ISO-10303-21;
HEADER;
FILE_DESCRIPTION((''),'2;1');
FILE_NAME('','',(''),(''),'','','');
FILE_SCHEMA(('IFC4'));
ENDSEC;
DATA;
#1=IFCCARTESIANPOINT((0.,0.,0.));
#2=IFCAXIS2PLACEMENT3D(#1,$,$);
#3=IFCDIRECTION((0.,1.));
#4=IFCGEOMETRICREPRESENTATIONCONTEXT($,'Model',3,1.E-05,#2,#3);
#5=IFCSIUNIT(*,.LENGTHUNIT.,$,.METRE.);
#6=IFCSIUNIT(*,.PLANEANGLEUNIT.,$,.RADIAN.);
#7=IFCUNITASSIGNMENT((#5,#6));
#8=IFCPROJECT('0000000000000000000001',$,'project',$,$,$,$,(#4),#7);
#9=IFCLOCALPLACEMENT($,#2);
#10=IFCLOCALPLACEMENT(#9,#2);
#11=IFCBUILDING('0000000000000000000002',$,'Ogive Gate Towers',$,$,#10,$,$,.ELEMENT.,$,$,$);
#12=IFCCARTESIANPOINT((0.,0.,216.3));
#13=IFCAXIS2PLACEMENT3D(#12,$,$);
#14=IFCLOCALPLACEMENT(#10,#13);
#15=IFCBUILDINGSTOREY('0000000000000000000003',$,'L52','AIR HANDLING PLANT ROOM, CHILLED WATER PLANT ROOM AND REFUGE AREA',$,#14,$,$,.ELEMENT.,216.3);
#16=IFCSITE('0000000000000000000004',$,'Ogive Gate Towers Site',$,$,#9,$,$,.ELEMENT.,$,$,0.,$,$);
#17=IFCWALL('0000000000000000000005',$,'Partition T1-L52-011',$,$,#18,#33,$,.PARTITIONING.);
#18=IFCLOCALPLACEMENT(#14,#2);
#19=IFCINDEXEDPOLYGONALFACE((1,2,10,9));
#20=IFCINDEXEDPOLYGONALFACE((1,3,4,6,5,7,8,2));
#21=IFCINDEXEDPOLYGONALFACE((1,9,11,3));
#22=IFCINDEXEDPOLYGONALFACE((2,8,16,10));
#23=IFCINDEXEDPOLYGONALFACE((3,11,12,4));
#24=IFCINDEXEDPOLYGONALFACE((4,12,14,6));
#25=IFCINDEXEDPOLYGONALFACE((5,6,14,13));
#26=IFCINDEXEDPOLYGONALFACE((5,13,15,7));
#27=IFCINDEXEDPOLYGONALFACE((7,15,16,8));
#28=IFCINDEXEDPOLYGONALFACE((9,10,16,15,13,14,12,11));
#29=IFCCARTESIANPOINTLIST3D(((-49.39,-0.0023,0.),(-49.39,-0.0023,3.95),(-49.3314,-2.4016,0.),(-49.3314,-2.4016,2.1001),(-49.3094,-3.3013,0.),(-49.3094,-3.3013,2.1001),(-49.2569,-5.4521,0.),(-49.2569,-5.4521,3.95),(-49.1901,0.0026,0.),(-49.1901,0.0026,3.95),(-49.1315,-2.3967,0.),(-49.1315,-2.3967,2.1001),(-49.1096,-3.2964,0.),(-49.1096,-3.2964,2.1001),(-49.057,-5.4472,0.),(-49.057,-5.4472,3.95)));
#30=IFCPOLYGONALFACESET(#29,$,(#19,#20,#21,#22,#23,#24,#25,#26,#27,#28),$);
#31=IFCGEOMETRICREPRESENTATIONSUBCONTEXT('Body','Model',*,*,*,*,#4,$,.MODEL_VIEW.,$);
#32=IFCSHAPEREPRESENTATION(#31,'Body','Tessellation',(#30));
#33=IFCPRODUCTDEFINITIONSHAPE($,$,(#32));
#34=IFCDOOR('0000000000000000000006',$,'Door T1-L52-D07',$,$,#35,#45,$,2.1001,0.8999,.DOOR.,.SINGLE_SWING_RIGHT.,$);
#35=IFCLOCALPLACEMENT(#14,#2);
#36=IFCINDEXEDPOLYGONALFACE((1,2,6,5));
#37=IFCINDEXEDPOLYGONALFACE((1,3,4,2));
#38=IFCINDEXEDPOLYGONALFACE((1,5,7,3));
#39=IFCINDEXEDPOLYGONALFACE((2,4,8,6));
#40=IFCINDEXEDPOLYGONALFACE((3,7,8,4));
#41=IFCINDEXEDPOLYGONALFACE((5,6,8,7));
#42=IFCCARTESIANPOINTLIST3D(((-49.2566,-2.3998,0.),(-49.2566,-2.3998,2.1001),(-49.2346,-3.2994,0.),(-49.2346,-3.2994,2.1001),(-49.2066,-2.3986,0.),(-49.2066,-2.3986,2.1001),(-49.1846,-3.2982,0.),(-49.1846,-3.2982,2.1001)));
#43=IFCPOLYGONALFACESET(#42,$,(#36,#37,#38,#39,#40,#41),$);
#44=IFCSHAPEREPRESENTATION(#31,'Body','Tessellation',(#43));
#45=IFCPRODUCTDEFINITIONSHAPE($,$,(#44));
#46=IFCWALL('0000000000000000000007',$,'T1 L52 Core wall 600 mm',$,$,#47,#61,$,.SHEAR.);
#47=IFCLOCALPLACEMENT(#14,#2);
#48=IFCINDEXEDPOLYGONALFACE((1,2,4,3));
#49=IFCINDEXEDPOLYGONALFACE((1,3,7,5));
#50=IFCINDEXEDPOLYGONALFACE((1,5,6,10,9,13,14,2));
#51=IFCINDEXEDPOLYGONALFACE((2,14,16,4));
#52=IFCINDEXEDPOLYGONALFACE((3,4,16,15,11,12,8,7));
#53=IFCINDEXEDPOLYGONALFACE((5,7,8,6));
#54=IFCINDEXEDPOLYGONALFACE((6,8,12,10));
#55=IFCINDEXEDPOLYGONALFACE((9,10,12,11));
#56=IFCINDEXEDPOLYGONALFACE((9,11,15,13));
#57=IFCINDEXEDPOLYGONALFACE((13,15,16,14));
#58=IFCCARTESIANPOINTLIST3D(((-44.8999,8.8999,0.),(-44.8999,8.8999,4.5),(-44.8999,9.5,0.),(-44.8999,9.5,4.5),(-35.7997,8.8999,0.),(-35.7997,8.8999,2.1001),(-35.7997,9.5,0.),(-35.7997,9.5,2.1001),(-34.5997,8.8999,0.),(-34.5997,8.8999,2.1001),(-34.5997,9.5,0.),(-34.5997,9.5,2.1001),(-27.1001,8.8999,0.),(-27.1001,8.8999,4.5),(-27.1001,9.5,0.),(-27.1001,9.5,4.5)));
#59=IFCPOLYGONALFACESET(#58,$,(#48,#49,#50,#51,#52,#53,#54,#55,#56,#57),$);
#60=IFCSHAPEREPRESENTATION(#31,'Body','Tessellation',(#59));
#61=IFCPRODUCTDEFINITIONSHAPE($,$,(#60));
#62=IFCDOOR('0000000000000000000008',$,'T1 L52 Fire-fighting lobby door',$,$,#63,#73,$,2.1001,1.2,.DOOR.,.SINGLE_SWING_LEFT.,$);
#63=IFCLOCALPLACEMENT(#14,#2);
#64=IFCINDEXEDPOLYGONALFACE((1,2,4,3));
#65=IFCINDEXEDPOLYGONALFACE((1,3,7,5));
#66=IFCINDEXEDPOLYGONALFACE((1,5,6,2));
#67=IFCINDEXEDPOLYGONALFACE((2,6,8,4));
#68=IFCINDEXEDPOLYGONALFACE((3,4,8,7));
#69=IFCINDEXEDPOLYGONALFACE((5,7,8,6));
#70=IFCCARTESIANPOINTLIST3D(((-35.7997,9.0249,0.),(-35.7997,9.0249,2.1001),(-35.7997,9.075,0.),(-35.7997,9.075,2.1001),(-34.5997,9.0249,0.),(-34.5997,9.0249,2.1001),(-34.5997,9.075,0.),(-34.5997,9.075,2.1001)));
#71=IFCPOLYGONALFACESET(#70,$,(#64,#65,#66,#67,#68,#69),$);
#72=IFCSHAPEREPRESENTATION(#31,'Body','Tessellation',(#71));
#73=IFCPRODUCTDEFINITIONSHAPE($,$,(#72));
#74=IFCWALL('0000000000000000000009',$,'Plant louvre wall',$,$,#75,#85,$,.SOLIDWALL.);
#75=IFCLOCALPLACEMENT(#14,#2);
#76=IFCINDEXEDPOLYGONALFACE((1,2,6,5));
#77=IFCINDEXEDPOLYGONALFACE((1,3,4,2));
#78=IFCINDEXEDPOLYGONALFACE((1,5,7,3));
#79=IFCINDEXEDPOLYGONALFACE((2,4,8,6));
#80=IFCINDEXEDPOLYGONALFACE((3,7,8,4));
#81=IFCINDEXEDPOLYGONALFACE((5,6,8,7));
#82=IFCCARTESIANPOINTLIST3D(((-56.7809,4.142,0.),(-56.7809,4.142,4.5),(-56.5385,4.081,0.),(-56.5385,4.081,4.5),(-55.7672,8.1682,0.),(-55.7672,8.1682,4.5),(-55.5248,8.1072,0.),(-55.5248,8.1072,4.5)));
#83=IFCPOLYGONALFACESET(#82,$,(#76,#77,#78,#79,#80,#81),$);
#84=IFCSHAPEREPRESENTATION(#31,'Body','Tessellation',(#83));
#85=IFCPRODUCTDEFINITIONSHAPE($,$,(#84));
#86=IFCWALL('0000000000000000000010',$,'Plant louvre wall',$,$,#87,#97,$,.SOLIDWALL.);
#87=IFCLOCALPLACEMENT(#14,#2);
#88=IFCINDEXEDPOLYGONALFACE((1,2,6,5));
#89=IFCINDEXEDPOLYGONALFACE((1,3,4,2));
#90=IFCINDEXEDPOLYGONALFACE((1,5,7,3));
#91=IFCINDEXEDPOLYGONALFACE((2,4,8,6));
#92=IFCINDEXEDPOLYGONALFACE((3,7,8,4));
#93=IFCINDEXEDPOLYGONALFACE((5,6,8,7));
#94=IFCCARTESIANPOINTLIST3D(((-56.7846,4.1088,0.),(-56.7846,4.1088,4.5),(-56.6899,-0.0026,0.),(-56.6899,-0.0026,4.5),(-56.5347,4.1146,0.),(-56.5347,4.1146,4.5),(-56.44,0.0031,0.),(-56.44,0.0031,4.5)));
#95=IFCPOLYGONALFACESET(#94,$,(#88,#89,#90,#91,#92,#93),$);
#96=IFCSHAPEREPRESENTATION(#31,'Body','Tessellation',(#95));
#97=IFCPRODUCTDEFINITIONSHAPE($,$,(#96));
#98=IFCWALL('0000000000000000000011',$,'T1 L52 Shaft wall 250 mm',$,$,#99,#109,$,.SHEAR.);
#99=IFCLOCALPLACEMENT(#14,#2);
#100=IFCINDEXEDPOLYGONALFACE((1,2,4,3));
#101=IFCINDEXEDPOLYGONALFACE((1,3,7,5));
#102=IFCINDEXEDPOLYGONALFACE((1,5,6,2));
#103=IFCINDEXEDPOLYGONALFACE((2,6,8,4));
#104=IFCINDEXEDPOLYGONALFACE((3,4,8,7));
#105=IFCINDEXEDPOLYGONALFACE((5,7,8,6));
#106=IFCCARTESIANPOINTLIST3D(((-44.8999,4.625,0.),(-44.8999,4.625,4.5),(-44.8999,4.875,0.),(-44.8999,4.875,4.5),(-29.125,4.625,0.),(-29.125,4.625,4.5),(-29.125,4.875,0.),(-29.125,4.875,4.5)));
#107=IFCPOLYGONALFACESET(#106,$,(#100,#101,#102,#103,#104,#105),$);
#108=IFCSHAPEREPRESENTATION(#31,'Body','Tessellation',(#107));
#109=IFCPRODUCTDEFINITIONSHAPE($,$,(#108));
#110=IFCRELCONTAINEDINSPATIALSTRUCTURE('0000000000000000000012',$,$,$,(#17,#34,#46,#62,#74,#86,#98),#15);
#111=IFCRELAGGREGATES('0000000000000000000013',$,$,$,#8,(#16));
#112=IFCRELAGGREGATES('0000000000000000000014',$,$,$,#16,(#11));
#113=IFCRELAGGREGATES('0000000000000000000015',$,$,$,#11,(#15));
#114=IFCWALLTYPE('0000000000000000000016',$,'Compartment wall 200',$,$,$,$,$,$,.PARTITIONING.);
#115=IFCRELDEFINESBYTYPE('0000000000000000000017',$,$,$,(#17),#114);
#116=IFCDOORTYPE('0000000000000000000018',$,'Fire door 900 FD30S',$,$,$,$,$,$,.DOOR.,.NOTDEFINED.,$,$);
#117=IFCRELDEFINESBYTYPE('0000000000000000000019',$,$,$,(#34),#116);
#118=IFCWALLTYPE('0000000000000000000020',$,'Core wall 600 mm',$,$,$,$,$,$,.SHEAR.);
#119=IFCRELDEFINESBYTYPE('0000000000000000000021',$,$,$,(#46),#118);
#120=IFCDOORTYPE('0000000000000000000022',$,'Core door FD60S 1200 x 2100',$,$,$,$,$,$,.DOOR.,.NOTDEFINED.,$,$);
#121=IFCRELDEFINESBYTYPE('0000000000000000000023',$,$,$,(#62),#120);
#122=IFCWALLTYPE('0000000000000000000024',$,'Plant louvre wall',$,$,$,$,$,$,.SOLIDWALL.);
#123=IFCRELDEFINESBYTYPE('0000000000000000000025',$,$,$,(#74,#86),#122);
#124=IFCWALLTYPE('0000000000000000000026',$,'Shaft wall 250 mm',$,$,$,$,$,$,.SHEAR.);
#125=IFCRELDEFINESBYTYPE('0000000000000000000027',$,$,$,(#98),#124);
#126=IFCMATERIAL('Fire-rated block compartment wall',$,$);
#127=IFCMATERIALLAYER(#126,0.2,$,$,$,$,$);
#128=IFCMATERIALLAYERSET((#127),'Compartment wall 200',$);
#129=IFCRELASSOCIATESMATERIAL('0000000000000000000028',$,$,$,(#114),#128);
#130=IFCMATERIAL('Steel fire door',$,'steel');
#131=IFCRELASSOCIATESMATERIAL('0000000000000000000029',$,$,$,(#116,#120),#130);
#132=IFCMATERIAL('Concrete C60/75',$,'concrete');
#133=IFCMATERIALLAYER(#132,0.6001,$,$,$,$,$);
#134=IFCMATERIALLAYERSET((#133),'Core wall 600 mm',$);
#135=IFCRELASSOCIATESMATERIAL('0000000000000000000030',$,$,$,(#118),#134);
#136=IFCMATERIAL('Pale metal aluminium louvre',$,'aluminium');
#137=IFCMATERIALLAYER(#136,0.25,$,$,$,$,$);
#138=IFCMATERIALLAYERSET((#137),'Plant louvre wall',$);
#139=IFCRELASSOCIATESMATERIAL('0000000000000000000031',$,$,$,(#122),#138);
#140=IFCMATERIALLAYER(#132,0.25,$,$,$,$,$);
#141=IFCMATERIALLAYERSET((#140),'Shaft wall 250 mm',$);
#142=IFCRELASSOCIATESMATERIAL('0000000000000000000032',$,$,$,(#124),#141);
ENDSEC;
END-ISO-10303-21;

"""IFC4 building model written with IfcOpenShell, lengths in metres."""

from ifc_helpers import new_model, si_unit, direction, frame, frame_2d, origin, place, context, subcontext, project, spatial, rectangle, extrude, material, layer, layer_set, type_object, element, fill, save


model = new_model("IFC4")

# Units and contexts
model_context = context("Model", 3, precision=1e-05, world=origin(), true_north=direction((0.0, 1.0)))
body_context = subcontext(model_context, "Body", "Model", "MODEL_VIEW")
ifc_project = project(units=[si_unit("LENGTHUNIT", "METRE"), si_unit("PLANEANGLEUNIT", "RADIAN")], contexts=[model_context])

# Site, building, storey
site_placement = place(None, origin())
site = spatial("IfcSite", under=ifc_project, at=site_placement, Name="Ogive Gate Towers Site", CompositionType="ELEMENT", RefElevation=0.0)
building_placement = place(site_placement, origin())
building = spatial("IfcBuilding", under=site, at=building_placement, Name="Ogive Gate Towers", CompositionType="ELEMENT")
storey_placement = place(building_placement, frame((0.0, 0.0, 216.3)))
storey = spatial("IfcBuildingStorey", under=building, at=storey_placement, Name="L52", Description="AIR HANDLING PLANT ROOM, CHILLED WATER PLANT ROOM AND REFUGE AREA", CompositionType="ELEMENT", Elevation=216.3)

# Shared definitions
ifc_material_1 = material(Name="Fire-rated block compartment wall")
ifc_layer_1 = layer(ifc_material_1, 0.2)
ifc_layer_set_1 = layer_set([ifc_layer_1], Name="Compartment wall 200")
wall_type_1 = type_object("IfcWallType", Name="Compartment wall 200", PredefinedType="PARTITIONING", material=ifc_layer_set_1)

# Walls, openings, doors
ifc_material_2 = material(Name="Steel fire door", Category="steel")
door_type_1 = type_object("IfcDoorType", Name="Fire door 900 FD30S", OperationType="NOTDEFINED", PredefinedType="DOOR", material=ifc_material_2)
wall_1_placement = place(storey_placement, frame((-49.29, 0.0, 0.0), z_axis=(0.0, 0.0, 1.0), x_axis=(0.024408, -0.999702, 0.0)))
wall_1 = element("IfcWall", 1, at=wall_1_placement, inside=storey, type_object=wall_type_1, Name="Partition T1-L52-011", PredefinedType="PARTITIONING", context=body_context, shape_type="SweptSolid", body=[
    extrude(rectangle(XDim=5.4514, YDim=0.2, at=frame_2d((2.7256, 0.0))), origin(), (0.0, 0.0, 1.0), 3.95),
])
opening_1_placement = place(wall_1_placement, frame((2.3999, 0.0, 0.0)))
opening_1 = element("IfcOpeningElement", 2, at=opening_1_placement, cuts=wall_1, PredefinedType="OPENING", context=body_context, shape_type="SweptSolid", body=[
    extrude(rectangle(XDim=0.8999, YDim=2.1001, at=frame_2d((0.45, 1.05))), frame((0.0, 0.1099, 0.0), z_axis=(0.0, -1.0, 0.0), x_axis=(1.0, 0.0, 0.0)), (0.0, 0.0, 1.0), 0.22),
])
door_1_placement = place(opening_1_placement, origin())
door_1 = element("IfcDoor", 3, at=door_1_placement, inside=storey, type_object=door_type_1, Name="Door T1-L52-D07", OperationType="SINGLE_SWING_RIGHT", OverallHeight=2.1001, OverallWidth=0.8999, PredefinedType="DOOR", context=body_context, shape_type="SweptSolid", body=[
    extrude(rectangle(XDim=0.8999, YDim=2.1001, at=frame_2d((0.45, 1.05))), frame((0.0, 0.0249, 0.0), z_axis=(0.0, -1.0, 0.0), x_axis=(1.0, 0.0, 0.0)), (0.0, 0.0, 1.0), 0.05),
])
fill(opening_1, door_1)
ifc_material_3 = material(Name="Concrete C60/75", Category="concrete")
ifc_layer_2 = layer(ifc_material_3, 0.6001)
ifc_layer_set_2 = layer_set([ifc_layer_2], Name="Core wall 600 mm")
wall_type_2 = type_object("IfcWallType", Name="Core wall 600 mm", PredefinedType="SHEAR", material=ifc_layer_set_2)
wall_2_placement = place(storey_placement, frame((-44.8999, 9.2, 0.0), z_axis=(0.0, 0.0, 1.0), x_axis=(1.0, 0.0, 0.0)))
wall_2 = element("IfcWall", 4, at=wall_2_placement, inside=storey, type_object=wall_type_2, Name="T1 L52 Core wall 600 mm", PredefinedType="SHEAR", context=body_context, shape_type="SweptSolid", body=[
    extrude(rectangle(XDim=17.7998, YDim=0.6001, at=frame_2d((8.8999, 0.0))), origin(), (0.0, 0.0, 1.0), 4.5),
])
opening_2_placement = place(wall_2_placement, frame((9.1001, 0.0, 0.0)))
opening_2 = element("IfcOpeningElement", 5, at=opening_2_placement, cuts=wall_2, PredefinedType="OPENING", context=body_context, shape_type="SweptSolid", body=[
    extrude(rectangle(XDim=1.2, YDim=2.1001, at=frame_2d((0.6001, 1.05))), frame((0.0, 0.3101, 0.0), z_axis=(0.0, -1.0, 0.0), x_axis=(1.0, 0.0, 0.0)), (0.0, 0.0, 1.0), 0.6201),
])
door_type_2 = type_object("IfcDoorType", Name="Core door FD60S 1200 x 2100", OperationType="NOTDEFINED", PredefinedType="DOOR", material=ifc_material_2)
door_2_placement = place(opening_2_placement, origin())
door_2 = element("IfcDoor", 6, at=door_2_placement, inside=storey, type_object=door_type_2, Name="T1 L52 Fire-fighting lobby door", OperationType="SINGLE_SWING_LEFT", OverallHeight=2.1001, OverallWidth=1.2, PredefinedType="DOOR", context=body_context, shape_type="SweptSolid", body=[
    extrude(rectangle(XDim=1.2, YDim=2.1001, at=frame_2d((0.6001, 1.05))), frame((0.0, -0.125, 0.0), z_axis=(0.0, -1.0, 0.0), x_axis=(1.0, 0.0, 0.0)), (0.0, 0.0, 1.0), 0.05),
])
fill(opening_2, door_2)

# Walls
ifc_material_4 = material(Name="Pale metal aluminium louvre", Category="aluminium")
ifc_layer_3 = layer(ifc_material_4, 0.25)
ifc_layer_set_3 = layer_set([ifc_layer_3], Name="Plant louvre wall")
wall_type_3 = type_object("IfcWallType", Name="Plant louvre wall", PredefinedType="SOLIDWALL", material=ifc_layer_set_3)
wall_3_placement = place(storey_placement, frame((-55.646, 8.1377, 0.0), z_axis=(0.0, 0.0, 1.0), x_axis=(-0.244154, -0.969736, 0.0)))
element("IfcWall", 7, at=wall_3_placement, inside=storey, type_object=wall_type_3, Name="Plant louvre wall", PredefinedType="SOLIDWALL", context=body_context, shape_type="SweptSolid", body=[
    extrude(rectangle(XDim=4.1519, YDim=0.25, at=frame_2d((2.0759, 0.0))), origin(), (0.0, 0.0, 1.0), 4.5),
])
wall_4_placement = place(storey_placement, frame((-56.6597, 4.1116, 0.0), z_axis=(0.0, 0.0, 1.0), x_axis=(0.023033, -0.999735, 0.0)))
element("IfcWall", 8, at=wall_4_placement, inside=storey, type_object=wall_type_3, Name="Plant louvre wall", PredefinedType="SOLIDWALL", context=body_context, shape_type="SweptSolid", body=[
    extrude(rectangle(XDim=4.1125, YDim=0.25, at=frame_2d((2.0562, 0.0))), origin(), (0.0, 0.0, 1.0), 4.5),
])
ifc_layer_4 = layer(ifc_material_3, 0.25)
ifc_layer_set_4 = layer_set([ifc_layer_4], Name="Shaft wall 250 mm")
wall_type_4 = type_object("IfcWallType", Name="Shaft wall 250 mm", PredefinedType="SHEAR", material=ifc_layer_set_4)
wall_5_placement = place(storey_placement, frame((-44.8999, 4.75, 0.0), z_axis=(0.0, 0.0, 1.0), x_axis=(1.0, 0.0, 0.0)))
element("IfcWall", 9, at=wall_5_placement, inside=storey, type_object=wall_type_4, Name="T1 L52 Shaft wall 250 mm", PredefinedType="SHEAR", context=body_context, shape_type="SweptSolid", body=[
    extrude(rectangle(XDim=15.7749, YDim=0.25, at=frame_2d((7.8875, 0.0))), origin(), (0.0, 0.0, 1.0), 4.5),
])

save(model, "model.ifc")
